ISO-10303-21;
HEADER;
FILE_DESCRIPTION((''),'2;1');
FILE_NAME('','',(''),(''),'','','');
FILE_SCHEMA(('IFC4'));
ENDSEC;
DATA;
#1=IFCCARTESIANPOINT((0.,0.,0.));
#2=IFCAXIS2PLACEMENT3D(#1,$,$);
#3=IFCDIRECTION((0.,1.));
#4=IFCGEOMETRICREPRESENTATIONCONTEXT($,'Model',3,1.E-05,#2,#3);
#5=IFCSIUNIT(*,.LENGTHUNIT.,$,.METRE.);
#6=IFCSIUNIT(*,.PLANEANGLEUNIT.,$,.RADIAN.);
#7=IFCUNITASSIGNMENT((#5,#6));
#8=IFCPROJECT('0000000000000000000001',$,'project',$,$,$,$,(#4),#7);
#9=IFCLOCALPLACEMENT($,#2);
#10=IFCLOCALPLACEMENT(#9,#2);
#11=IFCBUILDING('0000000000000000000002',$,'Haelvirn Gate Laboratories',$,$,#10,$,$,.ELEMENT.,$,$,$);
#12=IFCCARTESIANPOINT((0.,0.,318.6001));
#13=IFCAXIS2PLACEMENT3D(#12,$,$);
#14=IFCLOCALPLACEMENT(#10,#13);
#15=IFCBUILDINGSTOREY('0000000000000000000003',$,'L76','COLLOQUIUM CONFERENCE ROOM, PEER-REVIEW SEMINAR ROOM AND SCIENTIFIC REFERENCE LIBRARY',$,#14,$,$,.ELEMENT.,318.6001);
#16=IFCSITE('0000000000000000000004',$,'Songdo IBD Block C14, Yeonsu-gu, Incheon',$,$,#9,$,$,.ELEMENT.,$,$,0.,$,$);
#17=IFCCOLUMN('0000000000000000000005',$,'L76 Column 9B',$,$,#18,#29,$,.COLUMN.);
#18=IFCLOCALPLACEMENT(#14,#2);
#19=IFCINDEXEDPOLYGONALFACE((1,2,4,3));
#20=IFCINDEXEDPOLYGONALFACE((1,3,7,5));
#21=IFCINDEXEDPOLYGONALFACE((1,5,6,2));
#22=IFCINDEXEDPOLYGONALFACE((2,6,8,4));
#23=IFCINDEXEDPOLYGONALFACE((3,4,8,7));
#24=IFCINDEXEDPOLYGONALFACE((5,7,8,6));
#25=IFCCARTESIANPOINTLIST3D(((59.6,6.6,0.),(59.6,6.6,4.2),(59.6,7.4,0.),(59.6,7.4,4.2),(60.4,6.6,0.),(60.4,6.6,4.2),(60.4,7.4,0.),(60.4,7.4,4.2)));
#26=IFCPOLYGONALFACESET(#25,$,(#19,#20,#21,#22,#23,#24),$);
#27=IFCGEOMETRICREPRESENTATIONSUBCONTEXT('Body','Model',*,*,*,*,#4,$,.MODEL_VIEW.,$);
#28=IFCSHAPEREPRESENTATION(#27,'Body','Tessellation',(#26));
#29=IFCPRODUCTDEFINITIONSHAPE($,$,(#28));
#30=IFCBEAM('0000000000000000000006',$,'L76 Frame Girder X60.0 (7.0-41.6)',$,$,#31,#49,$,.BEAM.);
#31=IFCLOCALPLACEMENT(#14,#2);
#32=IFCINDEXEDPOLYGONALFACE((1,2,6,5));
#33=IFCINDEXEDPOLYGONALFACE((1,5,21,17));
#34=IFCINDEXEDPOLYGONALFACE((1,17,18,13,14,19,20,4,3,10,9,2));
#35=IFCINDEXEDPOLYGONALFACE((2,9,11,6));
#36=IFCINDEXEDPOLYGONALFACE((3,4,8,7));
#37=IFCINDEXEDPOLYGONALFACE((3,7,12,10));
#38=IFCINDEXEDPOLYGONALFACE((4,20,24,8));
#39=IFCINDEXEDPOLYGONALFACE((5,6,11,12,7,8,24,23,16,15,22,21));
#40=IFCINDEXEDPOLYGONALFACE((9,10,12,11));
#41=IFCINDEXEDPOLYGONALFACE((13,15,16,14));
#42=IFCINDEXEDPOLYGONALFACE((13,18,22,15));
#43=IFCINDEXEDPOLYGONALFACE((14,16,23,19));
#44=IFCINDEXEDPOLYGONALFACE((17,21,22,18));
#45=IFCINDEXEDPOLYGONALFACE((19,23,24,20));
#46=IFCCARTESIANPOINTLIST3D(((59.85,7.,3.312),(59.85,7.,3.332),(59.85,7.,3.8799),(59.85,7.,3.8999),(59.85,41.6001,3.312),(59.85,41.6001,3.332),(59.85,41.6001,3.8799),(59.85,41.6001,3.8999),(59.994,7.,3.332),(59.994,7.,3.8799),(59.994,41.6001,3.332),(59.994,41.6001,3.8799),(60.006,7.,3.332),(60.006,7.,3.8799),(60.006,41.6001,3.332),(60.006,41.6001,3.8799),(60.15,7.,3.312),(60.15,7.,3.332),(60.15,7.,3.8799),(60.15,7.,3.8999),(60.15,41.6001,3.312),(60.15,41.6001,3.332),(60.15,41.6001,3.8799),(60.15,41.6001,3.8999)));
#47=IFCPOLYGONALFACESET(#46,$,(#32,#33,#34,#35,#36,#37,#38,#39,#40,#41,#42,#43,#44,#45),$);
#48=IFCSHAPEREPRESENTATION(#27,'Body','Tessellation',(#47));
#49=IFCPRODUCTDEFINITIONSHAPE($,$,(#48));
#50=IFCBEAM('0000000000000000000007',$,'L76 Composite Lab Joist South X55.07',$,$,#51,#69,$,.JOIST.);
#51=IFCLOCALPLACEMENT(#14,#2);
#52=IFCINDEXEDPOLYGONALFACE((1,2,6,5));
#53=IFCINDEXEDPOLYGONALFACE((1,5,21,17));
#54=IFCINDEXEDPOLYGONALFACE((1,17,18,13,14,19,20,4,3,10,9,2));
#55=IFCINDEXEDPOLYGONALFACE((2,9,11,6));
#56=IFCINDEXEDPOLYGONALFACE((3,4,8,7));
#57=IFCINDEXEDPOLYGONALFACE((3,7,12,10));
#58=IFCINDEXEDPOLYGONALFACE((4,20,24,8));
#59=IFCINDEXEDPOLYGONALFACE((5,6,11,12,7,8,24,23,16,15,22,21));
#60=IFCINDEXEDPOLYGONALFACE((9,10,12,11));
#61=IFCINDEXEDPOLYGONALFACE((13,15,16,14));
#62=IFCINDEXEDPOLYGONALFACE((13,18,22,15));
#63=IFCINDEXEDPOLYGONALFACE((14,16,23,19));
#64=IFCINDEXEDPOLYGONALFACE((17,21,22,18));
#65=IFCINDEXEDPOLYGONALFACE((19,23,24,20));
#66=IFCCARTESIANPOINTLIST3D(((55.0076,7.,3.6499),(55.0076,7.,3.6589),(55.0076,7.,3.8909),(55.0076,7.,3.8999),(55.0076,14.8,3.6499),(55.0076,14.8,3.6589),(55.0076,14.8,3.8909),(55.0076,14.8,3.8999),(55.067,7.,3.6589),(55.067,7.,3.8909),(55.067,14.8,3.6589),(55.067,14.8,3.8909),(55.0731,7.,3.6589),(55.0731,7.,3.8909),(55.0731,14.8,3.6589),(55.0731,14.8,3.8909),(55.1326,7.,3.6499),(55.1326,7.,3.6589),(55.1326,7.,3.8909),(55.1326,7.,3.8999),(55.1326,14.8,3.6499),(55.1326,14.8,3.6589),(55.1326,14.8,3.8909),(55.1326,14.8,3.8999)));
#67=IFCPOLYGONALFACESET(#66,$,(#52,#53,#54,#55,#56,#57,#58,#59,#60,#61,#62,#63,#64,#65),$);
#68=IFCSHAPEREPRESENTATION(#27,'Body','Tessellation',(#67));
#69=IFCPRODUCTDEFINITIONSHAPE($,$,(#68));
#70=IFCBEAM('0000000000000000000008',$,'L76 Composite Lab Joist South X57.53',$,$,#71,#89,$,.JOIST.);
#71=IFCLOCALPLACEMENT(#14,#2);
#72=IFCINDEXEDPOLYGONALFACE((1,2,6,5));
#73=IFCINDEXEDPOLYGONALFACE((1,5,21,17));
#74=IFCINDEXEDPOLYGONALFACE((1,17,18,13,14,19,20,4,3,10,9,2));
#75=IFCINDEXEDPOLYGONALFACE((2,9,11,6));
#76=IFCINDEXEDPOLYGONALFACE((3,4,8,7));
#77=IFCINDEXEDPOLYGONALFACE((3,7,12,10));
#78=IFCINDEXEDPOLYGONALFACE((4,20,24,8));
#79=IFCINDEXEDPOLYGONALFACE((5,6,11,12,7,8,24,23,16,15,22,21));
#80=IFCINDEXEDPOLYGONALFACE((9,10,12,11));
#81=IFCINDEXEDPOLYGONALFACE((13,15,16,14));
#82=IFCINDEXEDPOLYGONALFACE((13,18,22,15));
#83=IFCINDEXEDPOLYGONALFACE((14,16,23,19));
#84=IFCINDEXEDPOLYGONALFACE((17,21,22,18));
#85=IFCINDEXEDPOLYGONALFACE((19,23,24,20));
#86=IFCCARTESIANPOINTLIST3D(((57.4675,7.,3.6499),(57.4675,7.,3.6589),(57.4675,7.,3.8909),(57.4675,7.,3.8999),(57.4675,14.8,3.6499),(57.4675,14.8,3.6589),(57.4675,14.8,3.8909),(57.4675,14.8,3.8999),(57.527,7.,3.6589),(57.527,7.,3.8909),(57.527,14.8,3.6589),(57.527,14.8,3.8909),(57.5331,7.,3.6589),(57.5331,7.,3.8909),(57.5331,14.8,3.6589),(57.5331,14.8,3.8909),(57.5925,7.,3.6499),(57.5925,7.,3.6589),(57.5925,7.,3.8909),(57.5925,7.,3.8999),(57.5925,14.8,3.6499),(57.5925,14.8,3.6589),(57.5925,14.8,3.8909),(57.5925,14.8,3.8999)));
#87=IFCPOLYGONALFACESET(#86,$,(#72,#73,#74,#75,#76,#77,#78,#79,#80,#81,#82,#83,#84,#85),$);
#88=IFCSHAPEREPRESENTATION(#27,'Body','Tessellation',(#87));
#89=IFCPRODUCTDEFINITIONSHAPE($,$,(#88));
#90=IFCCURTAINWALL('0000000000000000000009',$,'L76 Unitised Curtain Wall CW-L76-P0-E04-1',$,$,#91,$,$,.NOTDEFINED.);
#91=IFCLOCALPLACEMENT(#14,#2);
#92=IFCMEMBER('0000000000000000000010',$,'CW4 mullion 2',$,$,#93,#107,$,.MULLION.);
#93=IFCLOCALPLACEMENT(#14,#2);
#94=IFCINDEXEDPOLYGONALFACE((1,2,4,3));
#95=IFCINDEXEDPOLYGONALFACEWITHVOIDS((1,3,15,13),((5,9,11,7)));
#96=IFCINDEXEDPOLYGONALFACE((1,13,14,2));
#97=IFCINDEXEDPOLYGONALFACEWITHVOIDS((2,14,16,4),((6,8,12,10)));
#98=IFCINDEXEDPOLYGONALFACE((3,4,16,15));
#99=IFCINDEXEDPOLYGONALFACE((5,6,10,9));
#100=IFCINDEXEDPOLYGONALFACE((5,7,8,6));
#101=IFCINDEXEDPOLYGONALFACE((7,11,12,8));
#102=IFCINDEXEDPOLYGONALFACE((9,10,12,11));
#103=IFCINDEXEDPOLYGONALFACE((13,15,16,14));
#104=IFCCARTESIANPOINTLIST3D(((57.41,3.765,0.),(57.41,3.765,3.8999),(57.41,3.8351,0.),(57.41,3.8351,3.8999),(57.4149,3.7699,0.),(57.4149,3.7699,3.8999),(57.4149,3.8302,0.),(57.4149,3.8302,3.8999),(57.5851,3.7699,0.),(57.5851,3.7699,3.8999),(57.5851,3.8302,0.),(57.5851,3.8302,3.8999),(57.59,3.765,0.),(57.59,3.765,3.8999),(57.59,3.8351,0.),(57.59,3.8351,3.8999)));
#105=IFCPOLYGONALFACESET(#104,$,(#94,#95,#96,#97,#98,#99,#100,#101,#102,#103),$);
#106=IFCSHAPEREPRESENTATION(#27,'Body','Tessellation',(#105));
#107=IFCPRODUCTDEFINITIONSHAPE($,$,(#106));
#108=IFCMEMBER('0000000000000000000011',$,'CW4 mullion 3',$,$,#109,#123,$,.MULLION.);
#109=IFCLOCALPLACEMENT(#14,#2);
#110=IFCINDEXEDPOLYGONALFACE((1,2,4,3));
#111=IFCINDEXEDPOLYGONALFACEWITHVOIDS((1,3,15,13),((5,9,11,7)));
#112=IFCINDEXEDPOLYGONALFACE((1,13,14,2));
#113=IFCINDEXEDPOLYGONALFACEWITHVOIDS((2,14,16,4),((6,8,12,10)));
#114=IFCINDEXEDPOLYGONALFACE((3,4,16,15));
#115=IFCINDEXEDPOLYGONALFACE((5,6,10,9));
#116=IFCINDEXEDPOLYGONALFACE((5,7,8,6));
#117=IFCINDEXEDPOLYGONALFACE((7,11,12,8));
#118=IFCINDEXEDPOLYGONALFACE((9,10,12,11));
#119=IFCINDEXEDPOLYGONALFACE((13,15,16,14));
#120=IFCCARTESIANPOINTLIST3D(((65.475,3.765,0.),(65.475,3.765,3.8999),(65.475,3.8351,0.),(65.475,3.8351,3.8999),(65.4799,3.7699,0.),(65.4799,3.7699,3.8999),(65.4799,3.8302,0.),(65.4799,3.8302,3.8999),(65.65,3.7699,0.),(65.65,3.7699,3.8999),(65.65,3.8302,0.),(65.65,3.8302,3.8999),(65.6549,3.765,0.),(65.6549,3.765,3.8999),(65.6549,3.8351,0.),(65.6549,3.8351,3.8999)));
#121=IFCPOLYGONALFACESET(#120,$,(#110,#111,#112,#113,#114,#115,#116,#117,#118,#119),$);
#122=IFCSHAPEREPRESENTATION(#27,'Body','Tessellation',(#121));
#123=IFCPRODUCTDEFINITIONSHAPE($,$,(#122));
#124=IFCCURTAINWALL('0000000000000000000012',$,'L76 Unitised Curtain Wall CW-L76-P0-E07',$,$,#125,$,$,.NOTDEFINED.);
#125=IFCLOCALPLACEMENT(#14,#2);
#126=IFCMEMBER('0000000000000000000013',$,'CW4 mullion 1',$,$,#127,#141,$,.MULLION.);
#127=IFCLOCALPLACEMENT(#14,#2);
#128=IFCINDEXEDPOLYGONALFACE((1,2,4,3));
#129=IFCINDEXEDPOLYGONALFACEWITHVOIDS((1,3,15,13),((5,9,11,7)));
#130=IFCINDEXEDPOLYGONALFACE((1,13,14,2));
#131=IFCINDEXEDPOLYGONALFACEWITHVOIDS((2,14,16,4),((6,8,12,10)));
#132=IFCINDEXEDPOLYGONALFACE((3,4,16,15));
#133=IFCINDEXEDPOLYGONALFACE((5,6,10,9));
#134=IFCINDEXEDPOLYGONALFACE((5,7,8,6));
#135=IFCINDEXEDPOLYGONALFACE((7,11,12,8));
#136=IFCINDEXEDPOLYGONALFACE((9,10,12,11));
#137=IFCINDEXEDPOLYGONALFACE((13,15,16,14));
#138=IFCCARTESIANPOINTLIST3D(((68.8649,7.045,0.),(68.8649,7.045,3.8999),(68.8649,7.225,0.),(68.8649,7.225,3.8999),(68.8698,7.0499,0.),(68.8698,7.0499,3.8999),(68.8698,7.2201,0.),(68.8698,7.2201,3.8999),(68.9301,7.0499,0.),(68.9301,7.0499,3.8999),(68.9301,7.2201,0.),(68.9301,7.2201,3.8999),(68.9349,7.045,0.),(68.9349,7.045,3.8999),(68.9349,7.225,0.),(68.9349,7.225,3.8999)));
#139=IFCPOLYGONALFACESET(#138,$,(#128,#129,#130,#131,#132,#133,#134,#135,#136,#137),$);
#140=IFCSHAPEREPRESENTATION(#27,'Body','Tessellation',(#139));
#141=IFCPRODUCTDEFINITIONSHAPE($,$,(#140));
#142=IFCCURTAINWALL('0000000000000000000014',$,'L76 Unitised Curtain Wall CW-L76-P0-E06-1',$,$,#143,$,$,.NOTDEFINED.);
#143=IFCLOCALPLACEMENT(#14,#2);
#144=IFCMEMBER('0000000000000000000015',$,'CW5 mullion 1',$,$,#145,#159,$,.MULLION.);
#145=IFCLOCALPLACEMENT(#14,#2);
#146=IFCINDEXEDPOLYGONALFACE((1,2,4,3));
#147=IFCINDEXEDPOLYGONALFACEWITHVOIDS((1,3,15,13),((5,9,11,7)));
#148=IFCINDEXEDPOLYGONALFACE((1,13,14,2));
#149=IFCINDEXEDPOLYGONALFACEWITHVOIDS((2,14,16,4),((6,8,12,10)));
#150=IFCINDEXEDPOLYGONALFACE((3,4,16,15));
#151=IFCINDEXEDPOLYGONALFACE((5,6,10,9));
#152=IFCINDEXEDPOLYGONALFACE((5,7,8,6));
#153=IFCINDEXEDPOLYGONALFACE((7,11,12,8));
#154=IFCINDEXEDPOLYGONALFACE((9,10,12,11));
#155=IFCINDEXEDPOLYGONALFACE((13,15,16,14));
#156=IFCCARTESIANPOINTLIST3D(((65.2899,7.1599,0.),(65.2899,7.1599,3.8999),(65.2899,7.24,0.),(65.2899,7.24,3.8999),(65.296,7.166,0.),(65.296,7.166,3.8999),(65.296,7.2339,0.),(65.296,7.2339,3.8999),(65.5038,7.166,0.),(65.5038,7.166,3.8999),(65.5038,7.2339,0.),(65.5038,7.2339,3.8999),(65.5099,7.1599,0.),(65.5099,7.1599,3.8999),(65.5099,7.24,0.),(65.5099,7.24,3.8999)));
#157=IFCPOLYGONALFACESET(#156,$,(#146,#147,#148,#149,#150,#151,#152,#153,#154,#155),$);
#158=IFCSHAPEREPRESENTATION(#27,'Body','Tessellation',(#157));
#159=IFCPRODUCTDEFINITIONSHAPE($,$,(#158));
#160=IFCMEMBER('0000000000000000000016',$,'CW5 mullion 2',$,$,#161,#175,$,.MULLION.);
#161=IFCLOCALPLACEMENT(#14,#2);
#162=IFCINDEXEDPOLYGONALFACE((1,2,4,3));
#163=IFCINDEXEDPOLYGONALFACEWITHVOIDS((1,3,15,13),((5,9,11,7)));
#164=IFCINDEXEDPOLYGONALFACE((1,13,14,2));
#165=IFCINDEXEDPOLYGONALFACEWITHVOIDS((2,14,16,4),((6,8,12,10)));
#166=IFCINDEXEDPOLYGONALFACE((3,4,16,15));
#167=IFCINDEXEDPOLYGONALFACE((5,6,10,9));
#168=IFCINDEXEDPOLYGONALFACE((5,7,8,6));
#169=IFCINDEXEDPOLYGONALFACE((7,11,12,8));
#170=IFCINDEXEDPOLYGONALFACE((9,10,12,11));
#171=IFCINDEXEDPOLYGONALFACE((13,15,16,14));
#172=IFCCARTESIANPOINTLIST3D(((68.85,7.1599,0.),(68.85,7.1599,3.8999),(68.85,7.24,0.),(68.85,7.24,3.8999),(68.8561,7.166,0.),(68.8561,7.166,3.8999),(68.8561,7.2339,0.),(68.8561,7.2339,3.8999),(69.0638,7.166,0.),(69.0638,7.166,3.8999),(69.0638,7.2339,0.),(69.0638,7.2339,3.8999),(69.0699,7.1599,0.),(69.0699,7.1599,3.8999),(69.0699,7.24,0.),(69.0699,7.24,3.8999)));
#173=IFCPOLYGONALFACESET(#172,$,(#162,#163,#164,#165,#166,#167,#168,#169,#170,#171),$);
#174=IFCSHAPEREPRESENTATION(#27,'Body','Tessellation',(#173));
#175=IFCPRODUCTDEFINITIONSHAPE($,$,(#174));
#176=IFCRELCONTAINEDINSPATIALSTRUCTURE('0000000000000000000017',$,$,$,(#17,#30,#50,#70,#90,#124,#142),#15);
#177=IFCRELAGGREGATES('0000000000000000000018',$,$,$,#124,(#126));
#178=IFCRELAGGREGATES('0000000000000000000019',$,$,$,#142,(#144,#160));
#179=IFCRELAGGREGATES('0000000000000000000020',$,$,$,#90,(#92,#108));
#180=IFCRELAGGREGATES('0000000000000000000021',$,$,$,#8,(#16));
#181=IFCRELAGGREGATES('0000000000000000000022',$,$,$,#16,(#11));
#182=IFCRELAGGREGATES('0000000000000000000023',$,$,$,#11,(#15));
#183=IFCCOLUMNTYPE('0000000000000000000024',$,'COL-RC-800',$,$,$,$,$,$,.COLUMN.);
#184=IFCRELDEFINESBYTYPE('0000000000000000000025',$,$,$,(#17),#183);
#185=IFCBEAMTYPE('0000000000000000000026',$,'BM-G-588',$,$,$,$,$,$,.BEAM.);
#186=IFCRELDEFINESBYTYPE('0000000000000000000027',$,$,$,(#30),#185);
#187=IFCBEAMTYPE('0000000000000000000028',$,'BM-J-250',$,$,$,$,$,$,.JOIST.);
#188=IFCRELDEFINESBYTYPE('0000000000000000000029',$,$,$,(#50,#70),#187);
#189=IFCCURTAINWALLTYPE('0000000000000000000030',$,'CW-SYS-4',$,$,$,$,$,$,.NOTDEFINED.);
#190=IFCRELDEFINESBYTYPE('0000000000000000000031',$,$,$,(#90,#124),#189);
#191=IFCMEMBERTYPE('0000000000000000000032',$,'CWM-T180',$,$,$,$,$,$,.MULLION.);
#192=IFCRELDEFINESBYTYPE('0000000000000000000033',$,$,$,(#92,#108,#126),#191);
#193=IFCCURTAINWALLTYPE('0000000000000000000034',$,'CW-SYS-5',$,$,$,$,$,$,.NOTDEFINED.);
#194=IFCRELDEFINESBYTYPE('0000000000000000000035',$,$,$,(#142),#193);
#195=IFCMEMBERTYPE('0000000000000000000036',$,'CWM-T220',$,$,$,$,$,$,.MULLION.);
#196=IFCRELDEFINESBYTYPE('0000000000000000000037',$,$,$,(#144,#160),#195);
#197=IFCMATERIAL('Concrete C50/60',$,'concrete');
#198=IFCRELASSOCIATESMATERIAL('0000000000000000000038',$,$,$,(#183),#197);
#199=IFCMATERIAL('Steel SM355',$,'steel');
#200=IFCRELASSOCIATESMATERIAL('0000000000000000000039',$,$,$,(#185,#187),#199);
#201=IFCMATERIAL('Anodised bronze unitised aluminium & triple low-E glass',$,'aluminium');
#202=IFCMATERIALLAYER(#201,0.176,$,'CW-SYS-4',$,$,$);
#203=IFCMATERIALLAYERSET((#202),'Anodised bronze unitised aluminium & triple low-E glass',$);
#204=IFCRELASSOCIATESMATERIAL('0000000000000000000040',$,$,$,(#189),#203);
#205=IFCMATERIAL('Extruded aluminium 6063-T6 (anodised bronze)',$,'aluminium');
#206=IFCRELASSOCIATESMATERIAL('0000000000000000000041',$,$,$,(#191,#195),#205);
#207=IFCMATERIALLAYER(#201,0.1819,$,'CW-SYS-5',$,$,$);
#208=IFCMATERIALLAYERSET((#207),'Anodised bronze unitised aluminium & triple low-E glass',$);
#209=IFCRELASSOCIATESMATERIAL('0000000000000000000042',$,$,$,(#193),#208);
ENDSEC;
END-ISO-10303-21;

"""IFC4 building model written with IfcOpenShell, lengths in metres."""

from ifc_helpers import new_model, si_unit, direction, frame, origin, origin_2d, place, context, subcontext, project, spatial, rectangle, hollow_rectangle, i_section, extrude, source, transform, mapped, material, layer, layer_set, material_profile, profile_set, type_object, type_shapes, element, aggregate, save


model = new_model("IFC4")

# Units and contexts
model_context = context("Model", 3, precision=1e-05, world=origin(), true_north=direction((0.0, 1.0)))
body_context = subcontext(model_context, "Body", "Model", "MODEL_VIEW")
ifc_project = project(units=[si_unit("LENGTHUNIT", "METRE"), si_unit("PLANEANGLEUNIT", "RADIAN")], contexts=[model_context])

# Site, building, storey
site_placement = place(None, origin())
site = spatial("IfcSite", under=ifc_project, at=site_placement, Name="Songdo IBD Block C14, Yeonsu-gu, Incheon", CompositionType="ELEMENT", RefElevation=0.0)
building_placement = place(site_placement, origin())
building = spatial("IfcBuilding", under=site, at=building_placement, Name="Haelvirn Gate Laboratories", CompositionType="ELEMENT")
storey_placement = place(building_placement, frame((0.0, 0.0, 318.6001)))
storey = spatial("IfcBuildingStorey", under=building, at=storey_placement, Name="L76", Description="COLLOQUIUM CONFERENCE ROOM, PEER-REVIEW SEMINAR ROOM AND SCIENTIFIC REFERENCE LIBRARY", CompositionType="ELEMENT", Elevation=318.6001)

# Column
ifc_material_1 = material(Name="Concrete C50/60", Category="concrete")
ifc_material_profile_1 = material_profile(ifc_material_1, rectangle(XDim=0.8, YDim=0.8, at=origin_2d()), Name="RC-800x800")
ifc_profile_set_1 = profile_set([ifc_material_profile_1], Name="Concrete C50/60")
column_type = type_object("IfcColumnType", Name="COL-RC-800", PredefinedType="COLUMN", material=ifc_profile_set_1)
shared_shape_1 = source(origin(), body_context, "Body", "SweptSolid", [
    extrude(rectangle(XDim=0.8, YDim=0.8, at=origin_2d()), origin(), (0.0, 0.0, 1.0), 4.2),
])
type_shapes(column_type, [shared_shape_1])
column_placement = place(storey_placement, frame((60.0, 7.0, 0.0), z_axis=(0.0, 0.0, 1.0), x_axis=(1.0, 0.0, 0.0)))
element("IfcColumn", 1, at=column_placement, inside=storey, type_object=column_type, Name="L76 Column 9B", PredefinedType="COLUMN", context=body_context, shape_type="MappedRepresentation", body=[
    mapped(shared_shape_1, transform((0.0, 0.0, 0.0), scale=1.0)),
])

# Beams
ifc_material_2 = material(Name="Steel SM355", Category="steel")
ifc_material_profile_2 = material_profile(ifc_material_2, i_section(OverallWidth=0.3, OverallDepth=0.5879, WebThickness=0.012, FlangeThickness=0.02, at=origin_2d()), Name="H-588x300x12x20")
ifc_profile_set_2 = profile_set([ifc_material_profile_2], Name="Steel SM355")
beam_type_1 = type_object("IfcBeamType", Name="BM-G-588", PredefinedType="BEAM", material=ifc_profile_set_2)
shared_shape_2 = source(origin(), body_context, "Body", "SweptSolid", [
    extrude(i_section(OverallWidth=0.3, OverallDepth=0.5879, WebThickness=0.012, FlangeThickness=0.02, at=origin_2d()), origin(), (0.0, 0.0, 1.0), 34.6001),
])
type_shapes(beam_type_1, [shared_shape_2])
beam_placement = place(storey_placement, frame((60.0, 7.0, 3.606), z_axis=(0.0, 1.0, 0.0), x_axis=(-1.0, 0.0, 0.0)))
element("IfcBeam", 2, at=beam_placement, inside=storey, type_object=beam_type_1, Name="L76 Frame Girder X60.0 (7.0-41.6)", PredefinedType="BEAM", context=body_context, shape_type="MappedRepresentation", body=[
    mapped(shared_shape_2, transform((0.0, 0.0, 0.0), scale=1.0)),
])
ifc_material_profile_3 = material_profile(ifc_material_2, i_section(OverallWidth=0.125, OverallDepth=0.25, WebThickness=0.0061, FlangeThickness=0.009, at=origin_2d()), Name="H-250x125x6x9")
ifc_profile_set_3 = profile_set([ifc_material_profile_3], Name="Steel SM355")
beam_type_2 = type_object("IfcBeamType", Name="BM-J-250", PredefinedType="JOIST", material=ifc_profile_set_3)
shared_shape_3 = source(origin(), body_context, "Body", "SweptSolid", [
    extrude(i_section(OverallWidth=0.125, OverallDepth=0.25, WebThickness=0.0061, FlangeThickness=0.009, at=origin_2d()), origin(), (0.0, 0.0, 1.0), 7.8),
])
type_shapes(beam_type_2, [shared_shape_3])
for number, where, z_axis, x_axis, name in (
    (3, (55.0701, 7.0, 3.7749), (0.0, 1.0, 0.0), (-1.0, 0.0, 0.0), "L76 Composite Lab Joist South X55.07"),
    (4, (57.53, 7.0, 3.7749), (0.0, 1.0, 0.0), (-1.0, 0.0, 0.0), "L76 Composite Lab Joist South X57.53"),
):
    element("IfcBeam", number, at=place(storey_placement, frame(where, z_axis=z_axis, x_axis=x_axis)), inside=storey, type_object=beam_type_2, Name=name, PredefinedType="JOIST", context=body_context, shape_type="MappedRepresentation", body=[
        mapped(shared_shape_3, transform((0.0, 0.0, 0.0), scale=1.0)),
    ])

# Curtain wall, members
ifc_material_3 = material(Name="Anodised bronze unitised aluminium & triple low-E glass", Category="aluminium")
ifc_layer_1 = layer(ifc_material_3, 0.176, Name="CW-SYS-4")
ifc_layer_set_1 = layer_set([ifc_layer_1], Name="Anodised bronze unitised aluminium & triple low-E glass")
curtain_wall_type_1 = type_object("IfcCurtainWallType", Name="CW-SYS-4", PredefinedType="NOTDEFINED", material=ifc_layer_set_1)
curtain_wall_1_placement = place(storey_placement, origin())
curtain_wall_1 = element("IfcCurtainWall", 5, at=curtain_wall_1_placement, inside=storey, type_object=curtain_wall_type_1, Name="L76 Unitised Curtain Wall CW-L76-P0-E04-1", PredefinedType="NOTDEFINED")
ifc_material_4 = material(Name="Extruded aluminium 6063-T6 (anodised bronze)", Category="aluminium")
ifc_material_profile_4 = material_profile(ifc_material_4, hollow_rectangle(XDim=0.0701, YDim=0.1799, WallThickness=0.0049, at=origin_2d()), Name="CWM-180x70x5")
ifc_profile_set_4 = profile_set([ifc_material_profile_4], Name="Extruded aluminium 6063-T6 (anodised bronze)")
member_type_1 = type_object("IfcMemberType", Name="CWM-T180", PredefinedType="MULLION", material=ifc_profile_set_4)
shared_shape_4 = source(origin(), body_context, "Body", "SweptSolid", [
    extrude(hollow_rectangle(XDim=0.0701, YDim=0.1799, WallThickness=0.0049, at=origin_2d()), origin(), (0.0, 0.0, 1.0), 3.8999),
])
type_shapes(member_type_1, [shared_shape_4])
member_1_placement = place(storey_placement, frame((57.5, 3.8, 0.0), z_axis=(0.0, 0.0, 1.0), x_axis=(0.0, 1.0, 0.0)))
member_1 = element("IfcMember", 6, at=member_1_placement, type_object=member_type_1, Name="CW4 mullion 2", PredefinedType="MULLION", context=body_context, shape_type="MappedRepresentation", body=[
    mapped(shared_shape_4, transform((0.0, 0.0, 0.0), scale=1.0)),
])
member_2_placement = place(storey_placement, frame((65.5649, 3.8, 0.0), z_axis=(0.0, 0.0, 1.0), x_axis=(0.0, 1.0, 0.0)))
member_2 = element("IfcMember", 7, at=member_2_placement, type_object=member_type_1, Name="CW4 mullion 3", PredefinedType="MULLION", context=body_context, shape_type="MappedRepresentation", body=[
    mapped(shared_shape_4, transform((0.0, 0.0, 0.0), scale=1.0)),
])

# Curtain wall, member
curtain_wall_2_placement = place(storey_placement, origin())
curtain_wall_2 = element("IfcCurtainWall", 8, at=curtain_wall_2_placement, inside=storey, type_object=curtain_wall_type_1, Name="L76 Unitised Curtain Wall CW-L76-P0-E07", PredefinedType="NOTDEFINED")
member_3_placement = place(storey_placement, frame((68.8999, 7.135, 0.0), z_axis=(0.0, 0.0, 1.0), x_axis=(-1.0, 0.0, 0.0)))
member_3 = element("IfcMember", 9, at=member_3_placement, type_object=member_type_1, Name="CW4 mullion 1", PredefinedType="MULLION", context=body_context, shape_type="MappedRepresentation", body=[
    mapped(shared_shape_4, transform((0.0, 0.0, 0.0), scale=1.0)),
])

# Curtain wall, members
ifc_layer_2 = layer(ifc_material_3, 0.1819, Name="CW-SYS-5")
ifc_layer_set_2 = layer_set([ifc_layer_2], Name="Anodised bronze unitised aluminium & triple low-E glass")
curtain_wall_type_2 = type_object("IfcCurtainWallType", Name="CW-SYS-5", PredefinedType="NOTDEFINED", material=ifc_layer_set_2)
curtain_wall_3_placement = place(storey_placement, origin())
curtain_wall_3 = element("IfcCurtainWall", 10, at=curtain_wall_3_placement, inside=storey, type_object=curtain_wall_type_2, Name="L76 Unitised Curtain Wall CW-L76-P0-E06-1", PredefinedType="NOTDEFINED")
ifc_material_profile_5 = material_profile(ifc_material_4, hollow_rectangle(XDim=0.0801, YDim=0.22, WallThickness=0.0061, at=origin_2d()), Name="CWM-220x80x6")
ifc_profile_set_5 = profile_set([ifc_material_profile_5], Name="Extruded aluminium 6063-T6 (anodised bronze)")
member_type_2 = type_object("IfcMemberType", Name="CWM-T220", PredefinedType="MULLION", material=ifc_profile_set_5)
shared_shape_5 = source(origin(), body_context, "Body", "SweptSolid", [
    extrude(hollow_rectangle(XDim=0.0801, YDim=0.22, WallThickness=0.0061, at=origin_2d()), origin(), (0.0, 0.0, 1.0), 3.8999),
])
type_shapes(member_type_2, [shared_shape_5])
member_4_placement = place(storey_placement, frame((65.3999, 7.2, 0.0), z_axis=(0.0, 0.0, 1.0), x_axis=(0.0, 1.0, 0.0)))
member_4 = element("IfcMember", 11, at=member_4_placement, type_object=member_type_2, Name="CW5 mullion 1", PredefinedType="MULLION", context=body_context, shape_type="MappedRepresentation", body=[
    mapped(shared_shape_5, transform((0.0, 0.0, 0.0), scale=1.0)),
])
member_5_placement = place(storey_placement, frame((68.96, 7.2, 0.0), z_axis=(0.0, 0.0, 1.0), x_axis=(0.0, 1.0, 0.0)))
member_5 = element("IfcMember", 12, at=member_5_placement, type_object=member_type_2, Name="CW5 mullion 2", PredefinedType="MULLION", context=body_context, shape_type="MappedRepresentation", body=[
    mapped(shared_shape_5, transform((0.0, 0.0, 0.0), scale=1.0)),
])

aggregate(curtain_wall_2, [member_3])

aggregate(curtain_wall_3, [member_4, member_5])
aggregate(curtain_wall_1, [member_1, member_2])

save(model, "model.ifc")
